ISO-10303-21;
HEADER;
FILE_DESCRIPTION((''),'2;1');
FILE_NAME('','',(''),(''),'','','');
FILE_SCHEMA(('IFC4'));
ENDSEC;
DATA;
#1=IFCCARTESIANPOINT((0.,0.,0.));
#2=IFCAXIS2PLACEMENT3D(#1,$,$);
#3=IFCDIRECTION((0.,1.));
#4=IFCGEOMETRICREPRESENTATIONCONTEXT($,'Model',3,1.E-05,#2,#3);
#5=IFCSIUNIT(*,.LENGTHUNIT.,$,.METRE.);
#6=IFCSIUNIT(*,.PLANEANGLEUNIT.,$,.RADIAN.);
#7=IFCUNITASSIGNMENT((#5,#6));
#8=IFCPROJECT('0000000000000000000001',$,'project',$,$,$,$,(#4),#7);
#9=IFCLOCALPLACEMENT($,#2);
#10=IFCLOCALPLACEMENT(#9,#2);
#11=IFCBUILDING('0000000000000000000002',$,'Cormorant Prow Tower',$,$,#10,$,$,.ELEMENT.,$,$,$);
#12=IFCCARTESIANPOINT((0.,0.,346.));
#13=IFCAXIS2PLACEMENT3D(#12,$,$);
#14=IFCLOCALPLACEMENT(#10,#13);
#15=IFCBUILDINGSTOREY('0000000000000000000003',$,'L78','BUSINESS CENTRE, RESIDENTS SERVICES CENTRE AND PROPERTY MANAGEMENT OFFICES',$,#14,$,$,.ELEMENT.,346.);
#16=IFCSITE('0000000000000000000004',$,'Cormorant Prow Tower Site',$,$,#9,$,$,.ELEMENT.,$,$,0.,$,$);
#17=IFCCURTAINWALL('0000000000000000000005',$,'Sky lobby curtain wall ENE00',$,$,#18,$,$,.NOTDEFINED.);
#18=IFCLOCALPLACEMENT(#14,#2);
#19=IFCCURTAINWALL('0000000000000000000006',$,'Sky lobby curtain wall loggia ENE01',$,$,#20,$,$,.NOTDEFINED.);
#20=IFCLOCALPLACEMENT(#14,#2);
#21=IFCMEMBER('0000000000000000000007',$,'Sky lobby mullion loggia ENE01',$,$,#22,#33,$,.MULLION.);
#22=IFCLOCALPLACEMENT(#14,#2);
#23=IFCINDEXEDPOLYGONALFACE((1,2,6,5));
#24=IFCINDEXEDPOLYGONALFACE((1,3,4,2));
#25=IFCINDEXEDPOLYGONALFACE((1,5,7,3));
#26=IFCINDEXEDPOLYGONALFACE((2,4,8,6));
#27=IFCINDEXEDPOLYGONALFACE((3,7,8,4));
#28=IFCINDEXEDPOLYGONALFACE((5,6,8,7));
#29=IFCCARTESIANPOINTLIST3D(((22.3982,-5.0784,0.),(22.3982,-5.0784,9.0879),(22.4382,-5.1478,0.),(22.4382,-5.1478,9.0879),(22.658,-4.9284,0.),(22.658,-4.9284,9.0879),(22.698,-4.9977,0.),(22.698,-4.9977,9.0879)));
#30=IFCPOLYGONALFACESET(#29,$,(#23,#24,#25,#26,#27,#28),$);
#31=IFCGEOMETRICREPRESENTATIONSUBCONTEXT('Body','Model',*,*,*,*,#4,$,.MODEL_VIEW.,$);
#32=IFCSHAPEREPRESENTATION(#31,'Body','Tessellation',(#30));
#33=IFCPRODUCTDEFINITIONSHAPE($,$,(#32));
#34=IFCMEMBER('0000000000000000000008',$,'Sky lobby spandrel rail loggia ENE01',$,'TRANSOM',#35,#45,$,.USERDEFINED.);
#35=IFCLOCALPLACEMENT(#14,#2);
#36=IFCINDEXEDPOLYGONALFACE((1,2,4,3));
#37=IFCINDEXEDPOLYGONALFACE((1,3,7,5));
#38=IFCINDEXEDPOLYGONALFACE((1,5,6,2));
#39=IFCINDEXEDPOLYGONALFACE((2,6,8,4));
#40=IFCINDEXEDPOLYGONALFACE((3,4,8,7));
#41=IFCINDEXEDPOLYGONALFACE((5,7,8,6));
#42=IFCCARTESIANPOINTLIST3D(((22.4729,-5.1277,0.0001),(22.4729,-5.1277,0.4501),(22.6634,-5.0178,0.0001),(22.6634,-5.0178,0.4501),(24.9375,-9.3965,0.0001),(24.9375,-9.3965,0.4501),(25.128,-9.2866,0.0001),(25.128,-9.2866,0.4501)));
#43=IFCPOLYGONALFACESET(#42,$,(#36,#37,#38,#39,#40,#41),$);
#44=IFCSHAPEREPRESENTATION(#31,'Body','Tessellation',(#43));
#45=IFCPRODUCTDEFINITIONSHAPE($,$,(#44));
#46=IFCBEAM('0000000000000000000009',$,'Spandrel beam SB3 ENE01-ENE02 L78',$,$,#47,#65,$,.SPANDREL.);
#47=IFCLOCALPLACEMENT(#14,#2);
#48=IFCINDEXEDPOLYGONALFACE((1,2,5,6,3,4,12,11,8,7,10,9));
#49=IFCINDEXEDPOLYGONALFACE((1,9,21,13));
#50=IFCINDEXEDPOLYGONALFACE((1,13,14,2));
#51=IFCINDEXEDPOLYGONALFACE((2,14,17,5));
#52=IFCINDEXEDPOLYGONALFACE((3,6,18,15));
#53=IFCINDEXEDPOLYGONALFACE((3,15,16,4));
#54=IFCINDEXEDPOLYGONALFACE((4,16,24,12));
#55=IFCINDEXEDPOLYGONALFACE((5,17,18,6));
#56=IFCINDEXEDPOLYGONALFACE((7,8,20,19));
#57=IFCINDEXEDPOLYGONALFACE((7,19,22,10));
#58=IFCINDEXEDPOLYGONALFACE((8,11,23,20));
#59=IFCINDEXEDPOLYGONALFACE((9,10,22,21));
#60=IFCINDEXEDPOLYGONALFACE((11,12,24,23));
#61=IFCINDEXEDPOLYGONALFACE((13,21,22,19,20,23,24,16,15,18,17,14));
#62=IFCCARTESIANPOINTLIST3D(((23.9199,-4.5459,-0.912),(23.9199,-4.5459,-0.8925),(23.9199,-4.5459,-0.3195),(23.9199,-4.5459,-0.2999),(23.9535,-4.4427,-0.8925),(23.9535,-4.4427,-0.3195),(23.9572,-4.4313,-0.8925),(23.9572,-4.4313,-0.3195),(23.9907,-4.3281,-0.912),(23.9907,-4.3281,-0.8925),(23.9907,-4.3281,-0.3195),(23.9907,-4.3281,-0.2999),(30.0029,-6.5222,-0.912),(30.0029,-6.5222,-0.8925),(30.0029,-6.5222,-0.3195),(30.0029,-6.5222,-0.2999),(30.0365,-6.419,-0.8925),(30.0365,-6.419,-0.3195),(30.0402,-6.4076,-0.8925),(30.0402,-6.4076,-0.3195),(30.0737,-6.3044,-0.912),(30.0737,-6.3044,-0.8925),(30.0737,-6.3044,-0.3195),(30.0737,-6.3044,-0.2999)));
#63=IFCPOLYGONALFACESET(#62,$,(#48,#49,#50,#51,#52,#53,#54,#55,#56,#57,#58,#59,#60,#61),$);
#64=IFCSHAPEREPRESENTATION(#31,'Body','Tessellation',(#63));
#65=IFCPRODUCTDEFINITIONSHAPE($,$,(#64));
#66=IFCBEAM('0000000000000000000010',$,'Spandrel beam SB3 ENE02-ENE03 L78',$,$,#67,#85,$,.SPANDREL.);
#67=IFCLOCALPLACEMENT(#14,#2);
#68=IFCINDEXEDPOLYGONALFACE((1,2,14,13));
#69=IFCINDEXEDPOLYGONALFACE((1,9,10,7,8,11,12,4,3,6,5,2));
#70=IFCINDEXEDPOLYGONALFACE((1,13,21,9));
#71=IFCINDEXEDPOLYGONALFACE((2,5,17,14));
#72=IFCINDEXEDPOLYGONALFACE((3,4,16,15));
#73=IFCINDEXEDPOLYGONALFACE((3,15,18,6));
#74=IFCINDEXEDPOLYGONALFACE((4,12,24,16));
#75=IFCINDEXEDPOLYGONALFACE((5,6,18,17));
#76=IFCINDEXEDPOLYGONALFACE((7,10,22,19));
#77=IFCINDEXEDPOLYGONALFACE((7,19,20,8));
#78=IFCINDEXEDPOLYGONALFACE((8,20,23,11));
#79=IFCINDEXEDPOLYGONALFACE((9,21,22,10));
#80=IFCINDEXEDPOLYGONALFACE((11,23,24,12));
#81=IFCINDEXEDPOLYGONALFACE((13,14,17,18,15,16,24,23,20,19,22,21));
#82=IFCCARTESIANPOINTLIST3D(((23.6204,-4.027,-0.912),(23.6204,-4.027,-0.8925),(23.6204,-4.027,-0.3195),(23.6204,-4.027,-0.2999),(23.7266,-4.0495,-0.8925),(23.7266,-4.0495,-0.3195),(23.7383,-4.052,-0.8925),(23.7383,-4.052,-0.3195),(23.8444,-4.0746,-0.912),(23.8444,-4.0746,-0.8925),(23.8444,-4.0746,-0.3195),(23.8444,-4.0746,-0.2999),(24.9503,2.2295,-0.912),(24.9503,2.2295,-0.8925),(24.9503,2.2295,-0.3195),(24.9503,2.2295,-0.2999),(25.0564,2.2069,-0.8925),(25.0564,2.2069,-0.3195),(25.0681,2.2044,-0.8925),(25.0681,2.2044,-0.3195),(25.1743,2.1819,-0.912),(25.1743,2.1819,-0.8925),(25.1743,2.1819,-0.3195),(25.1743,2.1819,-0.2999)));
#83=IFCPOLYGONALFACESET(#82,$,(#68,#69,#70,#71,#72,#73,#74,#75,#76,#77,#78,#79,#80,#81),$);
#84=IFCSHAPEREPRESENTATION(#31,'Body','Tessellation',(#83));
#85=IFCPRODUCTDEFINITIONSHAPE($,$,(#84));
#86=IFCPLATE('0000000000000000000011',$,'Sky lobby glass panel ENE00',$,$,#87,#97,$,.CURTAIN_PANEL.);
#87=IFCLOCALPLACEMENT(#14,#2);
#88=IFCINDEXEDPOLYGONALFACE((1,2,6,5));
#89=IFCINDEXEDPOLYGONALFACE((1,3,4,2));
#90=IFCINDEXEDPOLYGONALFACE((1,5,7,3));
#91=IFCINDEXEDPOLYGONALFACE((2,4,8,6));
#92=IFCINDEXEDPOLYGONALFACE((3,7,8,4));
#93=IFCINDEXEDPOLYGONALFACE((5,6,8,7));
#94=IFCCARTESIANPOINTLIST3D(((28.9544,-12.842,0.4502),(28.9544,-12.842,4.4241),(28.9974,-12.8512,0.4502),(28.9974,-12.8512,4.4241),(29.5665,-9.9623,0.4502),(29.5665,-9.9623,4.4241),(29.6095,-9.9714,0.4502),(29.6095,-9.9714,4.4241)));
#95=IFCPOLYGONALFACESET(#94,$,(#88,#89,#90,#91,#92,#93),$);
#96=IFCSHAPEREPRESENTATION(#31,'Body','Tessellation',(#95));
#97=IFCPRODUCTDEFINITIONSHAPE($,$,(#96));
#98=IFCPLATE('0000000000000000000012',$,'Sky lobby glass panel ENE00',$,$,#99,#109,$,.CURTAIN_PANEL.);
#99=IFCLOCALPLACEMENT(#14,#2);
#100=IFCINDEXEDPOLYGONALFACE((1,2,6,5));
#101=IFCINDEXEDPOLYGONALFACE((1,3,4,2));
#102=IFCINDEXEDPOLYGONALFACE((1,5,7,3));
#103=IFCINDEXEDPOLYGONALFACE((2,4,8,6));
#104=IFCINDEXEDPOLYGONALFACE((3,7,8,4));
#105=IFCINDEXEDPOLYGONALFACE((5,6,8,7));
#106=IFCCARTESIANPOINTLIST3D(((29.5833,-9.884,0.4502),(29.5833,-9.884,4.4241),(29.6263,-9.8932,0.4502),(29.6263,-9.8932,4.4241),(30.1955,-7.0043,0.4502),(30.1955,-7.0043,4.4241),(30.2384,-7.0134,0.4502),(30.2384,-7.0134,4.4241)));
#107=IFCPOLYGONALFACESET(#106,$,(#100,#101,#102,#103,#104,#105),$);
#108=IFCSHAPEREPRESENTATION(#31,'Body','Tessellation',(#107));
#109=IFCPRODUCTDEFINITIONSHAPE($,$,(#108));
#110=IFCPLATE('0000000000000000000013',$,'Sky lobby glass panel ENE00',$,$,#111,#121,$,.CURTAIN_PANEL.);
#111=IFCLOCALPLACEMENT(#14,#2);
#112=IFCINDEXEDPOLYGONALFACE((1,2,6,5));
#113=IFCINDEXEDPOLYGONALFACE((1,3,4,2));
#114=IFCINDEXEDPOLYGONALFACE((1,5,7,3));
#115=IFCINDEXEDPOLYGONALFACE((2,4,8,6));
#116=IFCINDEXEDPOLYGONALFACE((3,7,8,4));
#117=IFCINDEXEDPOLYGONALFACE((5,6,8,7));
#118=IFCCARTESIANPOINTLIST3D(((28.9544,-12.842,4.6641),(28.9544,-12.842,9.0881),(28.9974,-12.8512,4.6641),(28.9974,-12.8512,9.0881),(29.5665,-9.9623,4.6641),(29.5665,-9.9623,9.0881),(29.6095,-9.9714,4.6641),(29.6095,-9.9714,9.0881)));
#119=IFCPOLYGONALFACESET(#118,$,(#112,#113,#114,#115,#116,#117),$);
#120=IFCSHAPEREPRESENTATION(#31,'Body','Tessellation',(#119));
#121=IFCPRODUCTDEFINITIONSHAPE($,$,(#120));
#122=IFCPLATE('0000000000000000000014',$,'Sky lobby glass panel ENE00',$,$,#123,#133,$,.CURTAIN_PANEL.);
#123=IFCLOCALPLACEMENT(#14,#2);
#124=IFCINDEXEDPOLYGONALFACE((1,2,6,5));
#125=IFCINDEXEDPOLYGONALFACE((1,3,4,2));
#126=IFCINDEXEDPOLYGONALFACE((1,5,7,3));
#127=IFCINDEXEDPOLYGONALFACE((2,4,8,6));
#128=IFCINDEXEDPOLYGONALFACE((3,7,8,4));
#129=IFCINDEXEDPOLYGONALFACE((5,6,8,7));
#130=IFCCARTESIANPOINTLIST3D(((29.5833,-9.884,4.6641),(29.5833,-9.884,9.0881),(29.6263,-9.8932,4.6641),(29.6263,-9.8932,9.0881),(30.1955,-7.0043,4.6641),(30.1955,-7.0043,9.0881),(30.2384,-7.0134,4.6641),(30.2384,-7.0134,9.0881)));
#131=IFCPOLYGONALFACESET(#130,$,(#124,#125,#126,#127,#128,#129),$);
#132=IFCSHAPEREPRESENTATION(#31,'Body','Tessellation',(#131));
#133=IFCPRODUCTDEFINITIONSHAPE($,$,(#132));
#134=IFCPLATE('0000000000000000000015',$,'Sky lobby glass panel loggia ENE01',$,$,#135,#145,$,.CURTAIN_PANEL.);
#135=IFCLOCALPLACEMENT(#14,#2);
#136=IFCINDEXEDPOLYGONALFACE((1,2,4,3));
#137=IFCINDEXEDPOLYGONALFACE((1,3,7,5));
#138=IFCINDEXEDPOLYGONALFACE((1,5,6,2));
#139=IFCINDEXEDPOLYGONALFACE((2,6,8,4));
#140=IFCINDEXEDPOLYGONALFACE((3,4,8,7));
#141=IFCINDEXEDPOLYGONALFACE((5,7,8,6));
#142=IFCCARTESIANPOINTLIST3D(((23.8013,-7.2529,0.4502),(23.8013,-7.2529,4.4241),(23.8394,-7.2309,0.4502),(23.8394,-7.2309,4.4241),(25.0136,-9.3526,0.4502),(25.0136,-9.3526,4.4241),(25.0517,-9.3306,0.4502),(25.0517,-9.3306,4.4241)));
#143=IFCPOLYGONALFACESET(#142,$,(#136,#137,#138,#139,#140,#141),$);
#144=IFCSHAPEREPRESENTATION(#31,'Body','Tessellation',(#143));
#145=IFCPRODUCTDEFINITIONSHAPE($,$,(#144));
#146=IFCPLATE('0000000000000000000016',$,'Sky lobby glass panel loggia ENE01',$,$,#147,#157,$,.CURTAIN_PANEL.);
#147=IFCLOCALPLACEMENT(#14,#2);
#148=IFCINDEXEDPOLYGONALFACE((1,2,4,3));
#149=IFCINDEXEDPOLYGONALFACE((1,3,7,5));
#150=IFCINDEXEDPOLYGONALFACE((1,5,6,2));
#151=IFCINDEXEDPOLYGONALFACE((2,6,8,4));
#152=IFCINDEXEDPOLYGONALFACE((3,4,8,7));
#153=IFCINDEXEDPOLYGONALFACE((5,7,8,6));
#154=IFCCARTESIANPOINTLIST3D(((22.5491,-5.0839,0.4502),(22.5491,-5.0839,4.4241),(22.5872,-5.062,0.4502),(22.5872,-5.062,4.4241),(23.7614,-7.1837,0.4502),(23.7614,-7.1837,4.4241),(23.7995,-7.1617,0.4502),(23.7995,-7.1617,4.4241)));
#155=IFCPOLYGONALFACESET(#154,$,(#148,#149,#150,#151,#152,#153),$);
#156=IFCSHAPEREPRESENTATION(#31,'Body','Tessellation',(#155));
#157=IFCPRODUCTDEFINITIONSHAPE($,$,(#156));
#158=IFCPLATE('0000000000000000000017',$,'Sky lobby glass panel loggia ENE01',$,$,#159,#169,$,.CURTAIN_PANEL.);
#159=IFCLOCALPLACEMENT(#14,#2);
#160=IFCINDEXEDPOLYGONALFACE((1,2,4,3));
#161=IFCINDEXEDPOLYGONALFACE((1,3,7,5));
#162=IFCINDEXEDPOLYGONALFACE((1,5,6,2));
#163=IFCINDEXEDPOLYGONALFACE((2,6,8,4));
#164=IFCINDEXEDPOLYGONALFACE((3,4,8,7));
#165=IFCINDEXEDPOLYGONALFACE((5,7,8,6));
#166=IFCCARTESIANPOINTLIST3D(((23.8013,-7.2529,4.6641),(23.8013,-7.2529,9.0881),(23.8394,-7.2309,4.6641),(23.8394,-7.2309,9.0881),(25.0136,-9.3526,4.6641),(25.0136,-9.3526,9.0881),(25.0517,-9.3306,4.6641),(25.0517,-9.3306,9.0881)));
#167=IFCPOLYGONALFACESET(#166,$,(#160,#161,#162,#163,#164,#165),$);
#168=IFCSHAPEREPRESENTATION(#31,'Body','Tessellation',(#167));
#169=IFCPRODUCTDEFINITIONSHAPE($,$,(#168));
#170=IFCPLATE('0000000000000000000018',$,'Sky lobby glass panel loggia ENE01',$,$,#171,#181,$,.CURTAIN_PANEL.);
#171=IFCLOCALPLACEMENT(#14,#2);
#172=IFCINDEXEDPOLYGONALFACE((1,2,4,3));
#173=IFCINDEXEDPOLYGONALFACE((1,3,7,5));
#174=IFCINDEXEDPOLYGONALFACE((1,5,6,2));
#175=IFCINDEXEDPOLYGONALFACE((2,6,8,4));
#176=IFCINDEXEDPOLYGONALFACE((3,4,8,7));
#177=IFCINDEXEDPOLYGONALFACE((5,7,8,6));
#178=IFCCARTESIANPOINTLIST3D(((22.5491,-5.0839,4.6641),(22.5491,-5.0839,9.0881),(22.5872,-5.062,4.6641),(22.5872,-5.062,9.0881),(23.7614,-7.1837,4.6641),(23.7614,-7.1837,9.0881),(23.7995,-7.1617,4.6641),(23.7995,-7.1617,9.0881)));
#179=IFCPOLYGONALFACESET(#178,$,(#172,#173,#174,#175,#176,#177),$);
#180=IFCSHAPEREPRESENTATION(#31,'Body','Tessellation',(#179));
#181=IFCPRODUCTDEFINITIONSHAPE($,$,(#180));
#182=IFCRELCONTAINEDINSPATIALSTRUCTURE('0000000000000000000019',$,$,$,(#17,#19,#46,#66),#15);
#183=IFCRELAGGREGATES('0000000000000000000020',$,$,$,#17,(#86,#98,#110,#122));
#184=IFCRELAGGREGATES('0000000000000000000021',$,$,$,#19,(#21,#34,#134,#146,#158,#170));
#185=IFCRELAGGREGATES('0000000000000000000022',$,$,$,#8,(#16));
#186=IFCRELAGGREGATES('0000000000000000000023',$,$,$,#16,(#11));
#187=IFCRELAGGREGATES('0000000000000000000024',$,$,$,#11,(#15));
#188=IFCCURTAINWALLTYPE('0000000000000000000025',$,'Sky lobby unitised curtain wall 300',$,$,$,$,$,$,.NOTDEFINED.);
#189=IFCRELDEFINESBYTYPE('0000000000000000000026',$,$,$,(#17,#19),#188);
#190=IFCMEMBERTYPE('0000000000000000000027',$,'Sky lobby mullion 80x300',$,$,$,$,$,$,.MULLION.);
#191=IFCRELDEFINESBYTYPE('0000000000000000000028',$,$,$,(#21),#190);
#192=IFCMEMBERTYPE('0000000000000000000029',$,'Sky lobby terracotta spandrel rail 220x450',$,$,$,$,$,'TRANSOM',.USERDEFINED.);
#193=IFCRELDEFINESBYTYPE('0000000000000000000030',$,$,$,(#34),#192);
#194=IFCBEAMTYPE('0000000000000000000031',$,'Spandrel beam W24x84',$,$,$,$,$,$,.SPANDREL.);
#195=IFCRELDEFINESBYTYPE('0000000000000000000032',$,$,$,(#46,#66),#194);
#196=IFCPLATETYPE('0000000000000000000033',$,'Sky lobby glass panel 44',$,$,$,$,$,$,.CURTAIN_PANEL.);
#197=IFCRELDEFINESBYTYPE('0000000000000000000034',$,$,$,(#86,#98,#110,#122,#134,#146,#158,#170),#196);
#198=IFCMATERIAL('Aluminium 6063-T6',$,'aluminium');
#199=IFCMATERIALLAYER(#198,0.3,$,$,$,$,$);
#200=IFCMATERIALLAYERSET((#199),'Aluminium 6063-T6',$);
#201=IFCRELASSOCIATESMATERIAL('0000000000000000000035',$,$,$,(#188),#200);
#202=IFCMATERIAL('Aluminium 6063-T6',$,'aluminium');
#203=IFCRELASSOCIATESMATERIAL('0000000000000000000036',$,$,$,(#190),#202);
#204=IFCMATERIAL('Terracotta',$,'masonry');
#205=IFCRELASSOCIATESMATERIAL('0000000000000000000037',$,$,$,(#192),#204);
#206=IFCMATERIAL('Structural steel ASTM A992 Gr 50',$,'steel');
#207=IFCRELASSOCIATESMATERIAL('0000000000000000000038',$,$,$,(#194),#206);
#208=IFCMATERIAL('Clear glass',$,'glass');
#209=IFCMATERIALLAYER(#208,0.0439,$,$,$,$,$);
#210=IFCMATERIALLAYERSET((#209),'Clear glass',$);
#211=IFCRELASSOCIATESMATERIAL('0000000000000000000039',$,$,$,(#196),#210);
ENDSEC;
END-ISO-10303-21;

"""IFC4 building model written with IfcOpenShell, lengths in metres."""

from ifc_helpers import new_model, si_unit, direction, frame, origin, origin_2d, place, context, subcontext, project, spatial, rectangle, i_section, extrude, material, layer, layer_set, material_profile, profile_set, type_object, element, aggregate, save


model = new_model("IFC4")

# Units and contexts
model_context = context("Model", 3, precision=1e-05, world=origin(), true_north=direction((0.0, 1.0)))
body_context = subcontext(model_context, "Body", "Model", "MODEL_VIEW")
ifc_project = project(units=[si_unit("LENGTHUNIT", "METRE"), si_unit("PLANEANGLEUNIT", "RADIAN")], contexts=[model_context])

# Site, building, storey
site_placement = place(None, origin())
site = spatial("IfcSite", under=ifc_project, at=site_placement, Name="Cormorant Prow Tower Site", CompositionType="ELEMENT", RefElevation=0.0)
building_placement = place(site_placement, origin())
building = spatial("IfcBuilding", under=site, at=building_placement, Name="Cormorant Prow Tower", CompositionType="ELEMENT")
storey_placement = place(building_placement, frame((0.0, 0.0, 346.0)))
storey = spatial("IfcBuildingStorey", under=building, at=storey_placement, Name="L78", Description="BUSINESS CENTRE, RESIDENTS SERVICES CENTRE AND PROPERTY MANAGEMENT OFFICES", CompositionType="ELEMENT", Elevation=346.0)

# Curtain walls
ifc_material_1 = material(Name="Aluminium 6063-T6", Category="aluminium")
ifc_layer_1 = layer(ifc_material_1, 0.3)
ifc_layer_set_1 = layer_set([ifc_layer_1], Name="Aluminium 6063-T6")
curtain_wall_type = type_object("IfcCurtainWallType", Name="Sky lobby unitised curtain wall 300", PredefinedType="NOTDEFINED", material=ifc_layer_set_1)
curtain_wall_1_placement = place(storey_placement, origin())
curtain_wall_1 = element("IfcCurtainWall", 1, at=curtain_wall_1_placement, inside=storey, type_object=curtain_wall_type, Name="Sky lobby curtain wall ENE00", PredefinedType="NOTDEFINED")
curtain_wall_2_placement = place(storey_placement, origin())
curtain_wall_2 = element("IfcCurtainWall", 2, at=curtain_wall_2_placement, inside=storey, type_object=curtain_wall_type, Name="Sky lobby curtain wall loggia ENE01", PredefinedType="NOTDEFINED")

# Members
ifc_material_2 = material(Name="Aluminium 6063-T6", Category="aluminium")
ifc_material_profile_1 = material_profile(ifc_material_2, rectangle(XDim=0.3, YDim=0.0801, at=origin_2d()), Name="Sky lobby mullion 80x300")
ifc_profile_set_1 = profile_set([ifc_material_profile_1], Name="Aluminium 6063-T6")
member_type_1 = type_object("IfcMemberType", Name="Sky lobby mullion 80x300", PredefinedType="MULLION", material=ifc_profile_set_1)
member_1_placement = place(storey_placement, frame((22.5481, -5.0381, 0.0), z_axis=(0.0, 0.0, 1.0), x_axis=(-0.866025, -0.5, 0.0)))
member_1 = element("IfcMember", 3, at=member_1_placement, type_object=member_type_1, Name="Sky lobby mullion loggia ENE01", PredefinedType="MULLION", context=body_context, shape_type="SweptSolid", body=[
    extrude(rectangle(XDim=0.3, YDim=0.0801, at=origin_2d()), origin(), (0.0, 0.0, 1.0), 9.0879),
])
ifc_material_3 = material(Name="Terracotta", Category="masonry")
ifc_material_profile_2 = material_profile(ifc_material_3, rectangle(XDim=0.22, YDim=0.45, at=origin_2d()), Name="Sky lobby terracotta spandrel rail 220x450")
ifc_profile_set_2 = profile_set([ifc_material_profile_2], Name="Terracotta")
member_type_2 = type_object("IfcMemberType", Name="Sky lobby terracotta spandrel rail 220x450", ElementType="TRANSOM", PredefinedType="USERDEFINED", material=ifc_profile_set_2)
member_2_placement = place(storey_placement, frame((25.0327, -9.3416, 0.2251), z_axis=(-0.500001, 0.866025, 0.0), x_axis=(-0.866025, -0.500001, 0.0)))
member_2 = element("IfcMember", 4, at=member_2_placement, type_object=member_type_2, Name="Sky lobby spandrel rail loggia ENE01", ObjectType="TRANSOM", PredefinedType="USERDEFINED", context=body_context, shape_type="SweptSolid", body=[
    extrude(rectangle(XDim=0.22, YDim=0.45, at=origin_2d()), origin(), (0.0, 0.0, 1.0), 4.9292),
])

# Beams
ifc_material_4 = material(Name="Structural steel ASTM A992 Gr 50", Category="steel")
ifc_material_profile_3 = material_profile(ifc_material_4, i_section(OverallWidth=0.229, OverallDepth=0.6121, WebThickness=0.012, FlangeThickness=0.0195, at=origin_2d()), Name="W24x84")
ifc_profile_set_3 = profile_set([ifc_material_profile_3], Name="Structural steel ASTM A992 Gr 50")
beam_type_1 = type_object("IfcBeamType", Name="Spandrel beam W24x84", PredefinedType="SPANDREL", material=ifc_profile_set_3)
beam_1_placement = place(storey_placement, frame((30.0383, -6.4133, -0.606), z_axis=(-0.951064, 0.308993, 0.0), x_axis=(-0.308993, -0.951064, 0.0)))
element("IfcBeam", 5, at=beam_1_placement, inside=storey, type_object=beam_type_1, Name="Spandrel beam SB3 ENE01-ENE02 L78", PredefinedType="SPANDREL", context=body_context, shape_type="SweptSolid", body=[
    extrude(i_section(OverallWidth=0.229, OverallDepth=0.6121, WebThickness=0.012, FlangeThickness=0.0195, at=origin_2d()), origin(), (0.0, 0.0, 1.0), 6.396),
])
beam_2_placement = place(storey_placement, frame((23.7324, -4.0508, -0.606), z_axis=(0.207913, 0.978147, 0.0), x_axis=(-0.978147, 0.207913, 0.0)))
element("IfcBeam", 6, at=beam_2_placement, inside=storey, type_object=beam_type_1, Name="Spandrel beam SB3 ENE02-ENE03 L78", PredefinedType="SPANDREL", context=body_context, shape_type="SweptSolid", body=[
    extrude(i_section(OverallWidth=0.229, OverallDepth=0.6121, WebThickness=0.012, FlangeThickness=0.0195, at=origin_2d()), origin(), (0.0, 0.0, 1.0), 6.3962),
])

# Plates
ifc_material_5 = material(Name="Clear glass", Category="glass")
ifc_layer_2 = layer(ifc_material_5, 0.0439)
ifc_layer_set_2 = layer_set([ifc_layer_2], Name="Clear glass")
plate_type = type_object("IfcPlateType", Name="Sky lobby glass panel 44", PredefinedType="CURTAIN_PANEL", material=ifc_layer_set_2)
plate_1_placement = place(storey_placement, frame((29.282, -11.4067, 0.4502), z_axis=(0.0, 0.0, 1.0), x_axis=(0.207912, 0.978148, 0.0)))
plate_1 = element("IfcPlate", 7, at=plate_1_placement, type_object=plate_type, Name="Sky lobby glass panel ENE00", PredefinedType="CURTAIN_PANEL", context=body_context, shape_type="SweptSolid", body=[
    extrude(rectangle(XDim=2.9441, YDim=0.0439, at=origin_2d()), origin(), (0.0, 0.0, 1.0), 3.9739),
])
plate_2_placement = place(storey_placement, frame((29.9109, -8.4487, 0.4502), z_axis=(0.0, 0.0, 1.0), x_axis=(0.207912, 0.978148, 0.0)))
plate_2 = element("IfcPlate", 8, at=plate_2_placement, type_object=plate_type, Name="Sky lobby glass panel ENE00", PredefinedType="CURTAIN_PANEL", context=body_context, shape_type="SweptSolid", body=[
    extrude(rectangle(XDim=2.9441, YDim=0.0439, at=origin_2d()), origin(), (0.0, 0.0, 1.0), 3.9739),
])
plate_3_placement = place(storey_placement, frame((29.282, -11.4067, 4.6641), z_axis=(0.0, 0.0, 1.0), x_axis=(0.207912, 0.978148, 0.0)))
plate_3 = element("IfcPlate", 9, at=plate_3_placement, type_object=plate_type, Name="Sky lobby glass panel ENE00", PredefinedType="CURTAIN_PANEL", context=body_context, shape_type="SweptSolid", body=[
    extrude(rectangle(XDim=2.9441, YDim=0.0439, at=origin_2d()), origin(), (0.0, 0.0, 1.0), 4.4241),
])
plate_4_placement = place(storey_placement, frame((29.9109, -8.4487, 4.6641), z_axis=(0.0, 0.0, 1.0), x_axis=(0.207912, 0.978148, 0.0)))
plate_4 = element("IfcPlate", 10, at=plate_4_placement, type_object=plate_type, Name="Sky lobby glass panel ENE00", PredefinedType="CURTAIN_PANEL", context=body_context, shape_type="SweptSolid", body=[
    extrude(rectangle(XDim=2.9441, YDim=0.0439, at=origin_2d()), origin(), (0.0, 0.0, 1.0), 4.4241),
])
aggregate(curtain_wall_1, [plate_1, plate_2, plate_3, plate_4])
plate_5_placement = place(storey_placement, frame((24.4265, -8.2917, 0.4502), z_axis=(0.0, 0.0, 1.0), x_axis=(-0.5, 0.866025, 0.0)))
plate_5 = element("IfcPlate", 11, at=plate_5_placement, type_object=plate_type, Name="Sky lobby glass panel loggia ENE01", PredefinedType="CURTAIN_PANEL", context=body_context, shape_type="SweptSolid", body=[
    extrude(rectangle(XDim=2.4246, YDim=0.0439, at=origin_2d()), origin(), (0.0, 0.0, 1.0), 3.9739),
])
plate_6_placement = place(storey_placement, frame((23.1743, -6.1228, 0.4502), z_axis=(0.0, 0.0, 1.0), x_axis=(-0.5, 0.866025, 0.0)))
plate_6 = element("IfcPlate", 12, at=plate_6_placement, type_object=plate_type, Name="Sky lobby glass panel loggia ENE01", PredefinedType="CURTAIN_PANEL", context=body_context, shape_type="SweptSolid", body=[
    extrude(rectangle(XDim=2.4246, YDim=0.0439, at=origin_2d()), origin(), (0.0, 0.0, 1.0), 3.9739),
])
plate_7_placement = place(storey_placement, frame((24.4265, -8.2917, 4.6641), z_axis=(0.0, 0.0, 1.0), x_axis=(-0.5, 0.866025, 0.0)))
plate_7 = element("IfcPlate", 13, at=plate_7_placement, type_object=plate_type, Name="Sky lobby glass panel loggia ENE01", PredefinedType="CURTAIN_PANEL", context=body_context, shape_type="SweptSolid", body=[
    extrude(rectangle(XDim=2.4246, YDim=0.0439, at=origin_2d()), origin(), (0.0, 0.0, 1.0), 4.4241),
])
plate_8_placement = place(storey_placement, frame((23.1743, -6.1228, 4.6641), z_axis=(0.0, 0.0, 1.0), x_axis=(-0.5, 0.866025, 0.0)))
plate_8 = element("IfcPlate", 14, at=plate_8_placement, type_object=plate_type, Name="Sky lobby glass panel loggia ENE01", PredefinedType="CURTAIN_PANEL", context=body_context, shape_type="SweptSolid", body=[
    extrude(rectangle(XDim=2.4246, YDim=0.0439, at=origin_2d()), origin(), (0.0, 0.0, 1.0), 4.4241),
])
aggregate(curtain_wall_2, [member_1, member_2, plate_5, plate_6, plate_7, plate_8])

save(model, "model.ifc")
